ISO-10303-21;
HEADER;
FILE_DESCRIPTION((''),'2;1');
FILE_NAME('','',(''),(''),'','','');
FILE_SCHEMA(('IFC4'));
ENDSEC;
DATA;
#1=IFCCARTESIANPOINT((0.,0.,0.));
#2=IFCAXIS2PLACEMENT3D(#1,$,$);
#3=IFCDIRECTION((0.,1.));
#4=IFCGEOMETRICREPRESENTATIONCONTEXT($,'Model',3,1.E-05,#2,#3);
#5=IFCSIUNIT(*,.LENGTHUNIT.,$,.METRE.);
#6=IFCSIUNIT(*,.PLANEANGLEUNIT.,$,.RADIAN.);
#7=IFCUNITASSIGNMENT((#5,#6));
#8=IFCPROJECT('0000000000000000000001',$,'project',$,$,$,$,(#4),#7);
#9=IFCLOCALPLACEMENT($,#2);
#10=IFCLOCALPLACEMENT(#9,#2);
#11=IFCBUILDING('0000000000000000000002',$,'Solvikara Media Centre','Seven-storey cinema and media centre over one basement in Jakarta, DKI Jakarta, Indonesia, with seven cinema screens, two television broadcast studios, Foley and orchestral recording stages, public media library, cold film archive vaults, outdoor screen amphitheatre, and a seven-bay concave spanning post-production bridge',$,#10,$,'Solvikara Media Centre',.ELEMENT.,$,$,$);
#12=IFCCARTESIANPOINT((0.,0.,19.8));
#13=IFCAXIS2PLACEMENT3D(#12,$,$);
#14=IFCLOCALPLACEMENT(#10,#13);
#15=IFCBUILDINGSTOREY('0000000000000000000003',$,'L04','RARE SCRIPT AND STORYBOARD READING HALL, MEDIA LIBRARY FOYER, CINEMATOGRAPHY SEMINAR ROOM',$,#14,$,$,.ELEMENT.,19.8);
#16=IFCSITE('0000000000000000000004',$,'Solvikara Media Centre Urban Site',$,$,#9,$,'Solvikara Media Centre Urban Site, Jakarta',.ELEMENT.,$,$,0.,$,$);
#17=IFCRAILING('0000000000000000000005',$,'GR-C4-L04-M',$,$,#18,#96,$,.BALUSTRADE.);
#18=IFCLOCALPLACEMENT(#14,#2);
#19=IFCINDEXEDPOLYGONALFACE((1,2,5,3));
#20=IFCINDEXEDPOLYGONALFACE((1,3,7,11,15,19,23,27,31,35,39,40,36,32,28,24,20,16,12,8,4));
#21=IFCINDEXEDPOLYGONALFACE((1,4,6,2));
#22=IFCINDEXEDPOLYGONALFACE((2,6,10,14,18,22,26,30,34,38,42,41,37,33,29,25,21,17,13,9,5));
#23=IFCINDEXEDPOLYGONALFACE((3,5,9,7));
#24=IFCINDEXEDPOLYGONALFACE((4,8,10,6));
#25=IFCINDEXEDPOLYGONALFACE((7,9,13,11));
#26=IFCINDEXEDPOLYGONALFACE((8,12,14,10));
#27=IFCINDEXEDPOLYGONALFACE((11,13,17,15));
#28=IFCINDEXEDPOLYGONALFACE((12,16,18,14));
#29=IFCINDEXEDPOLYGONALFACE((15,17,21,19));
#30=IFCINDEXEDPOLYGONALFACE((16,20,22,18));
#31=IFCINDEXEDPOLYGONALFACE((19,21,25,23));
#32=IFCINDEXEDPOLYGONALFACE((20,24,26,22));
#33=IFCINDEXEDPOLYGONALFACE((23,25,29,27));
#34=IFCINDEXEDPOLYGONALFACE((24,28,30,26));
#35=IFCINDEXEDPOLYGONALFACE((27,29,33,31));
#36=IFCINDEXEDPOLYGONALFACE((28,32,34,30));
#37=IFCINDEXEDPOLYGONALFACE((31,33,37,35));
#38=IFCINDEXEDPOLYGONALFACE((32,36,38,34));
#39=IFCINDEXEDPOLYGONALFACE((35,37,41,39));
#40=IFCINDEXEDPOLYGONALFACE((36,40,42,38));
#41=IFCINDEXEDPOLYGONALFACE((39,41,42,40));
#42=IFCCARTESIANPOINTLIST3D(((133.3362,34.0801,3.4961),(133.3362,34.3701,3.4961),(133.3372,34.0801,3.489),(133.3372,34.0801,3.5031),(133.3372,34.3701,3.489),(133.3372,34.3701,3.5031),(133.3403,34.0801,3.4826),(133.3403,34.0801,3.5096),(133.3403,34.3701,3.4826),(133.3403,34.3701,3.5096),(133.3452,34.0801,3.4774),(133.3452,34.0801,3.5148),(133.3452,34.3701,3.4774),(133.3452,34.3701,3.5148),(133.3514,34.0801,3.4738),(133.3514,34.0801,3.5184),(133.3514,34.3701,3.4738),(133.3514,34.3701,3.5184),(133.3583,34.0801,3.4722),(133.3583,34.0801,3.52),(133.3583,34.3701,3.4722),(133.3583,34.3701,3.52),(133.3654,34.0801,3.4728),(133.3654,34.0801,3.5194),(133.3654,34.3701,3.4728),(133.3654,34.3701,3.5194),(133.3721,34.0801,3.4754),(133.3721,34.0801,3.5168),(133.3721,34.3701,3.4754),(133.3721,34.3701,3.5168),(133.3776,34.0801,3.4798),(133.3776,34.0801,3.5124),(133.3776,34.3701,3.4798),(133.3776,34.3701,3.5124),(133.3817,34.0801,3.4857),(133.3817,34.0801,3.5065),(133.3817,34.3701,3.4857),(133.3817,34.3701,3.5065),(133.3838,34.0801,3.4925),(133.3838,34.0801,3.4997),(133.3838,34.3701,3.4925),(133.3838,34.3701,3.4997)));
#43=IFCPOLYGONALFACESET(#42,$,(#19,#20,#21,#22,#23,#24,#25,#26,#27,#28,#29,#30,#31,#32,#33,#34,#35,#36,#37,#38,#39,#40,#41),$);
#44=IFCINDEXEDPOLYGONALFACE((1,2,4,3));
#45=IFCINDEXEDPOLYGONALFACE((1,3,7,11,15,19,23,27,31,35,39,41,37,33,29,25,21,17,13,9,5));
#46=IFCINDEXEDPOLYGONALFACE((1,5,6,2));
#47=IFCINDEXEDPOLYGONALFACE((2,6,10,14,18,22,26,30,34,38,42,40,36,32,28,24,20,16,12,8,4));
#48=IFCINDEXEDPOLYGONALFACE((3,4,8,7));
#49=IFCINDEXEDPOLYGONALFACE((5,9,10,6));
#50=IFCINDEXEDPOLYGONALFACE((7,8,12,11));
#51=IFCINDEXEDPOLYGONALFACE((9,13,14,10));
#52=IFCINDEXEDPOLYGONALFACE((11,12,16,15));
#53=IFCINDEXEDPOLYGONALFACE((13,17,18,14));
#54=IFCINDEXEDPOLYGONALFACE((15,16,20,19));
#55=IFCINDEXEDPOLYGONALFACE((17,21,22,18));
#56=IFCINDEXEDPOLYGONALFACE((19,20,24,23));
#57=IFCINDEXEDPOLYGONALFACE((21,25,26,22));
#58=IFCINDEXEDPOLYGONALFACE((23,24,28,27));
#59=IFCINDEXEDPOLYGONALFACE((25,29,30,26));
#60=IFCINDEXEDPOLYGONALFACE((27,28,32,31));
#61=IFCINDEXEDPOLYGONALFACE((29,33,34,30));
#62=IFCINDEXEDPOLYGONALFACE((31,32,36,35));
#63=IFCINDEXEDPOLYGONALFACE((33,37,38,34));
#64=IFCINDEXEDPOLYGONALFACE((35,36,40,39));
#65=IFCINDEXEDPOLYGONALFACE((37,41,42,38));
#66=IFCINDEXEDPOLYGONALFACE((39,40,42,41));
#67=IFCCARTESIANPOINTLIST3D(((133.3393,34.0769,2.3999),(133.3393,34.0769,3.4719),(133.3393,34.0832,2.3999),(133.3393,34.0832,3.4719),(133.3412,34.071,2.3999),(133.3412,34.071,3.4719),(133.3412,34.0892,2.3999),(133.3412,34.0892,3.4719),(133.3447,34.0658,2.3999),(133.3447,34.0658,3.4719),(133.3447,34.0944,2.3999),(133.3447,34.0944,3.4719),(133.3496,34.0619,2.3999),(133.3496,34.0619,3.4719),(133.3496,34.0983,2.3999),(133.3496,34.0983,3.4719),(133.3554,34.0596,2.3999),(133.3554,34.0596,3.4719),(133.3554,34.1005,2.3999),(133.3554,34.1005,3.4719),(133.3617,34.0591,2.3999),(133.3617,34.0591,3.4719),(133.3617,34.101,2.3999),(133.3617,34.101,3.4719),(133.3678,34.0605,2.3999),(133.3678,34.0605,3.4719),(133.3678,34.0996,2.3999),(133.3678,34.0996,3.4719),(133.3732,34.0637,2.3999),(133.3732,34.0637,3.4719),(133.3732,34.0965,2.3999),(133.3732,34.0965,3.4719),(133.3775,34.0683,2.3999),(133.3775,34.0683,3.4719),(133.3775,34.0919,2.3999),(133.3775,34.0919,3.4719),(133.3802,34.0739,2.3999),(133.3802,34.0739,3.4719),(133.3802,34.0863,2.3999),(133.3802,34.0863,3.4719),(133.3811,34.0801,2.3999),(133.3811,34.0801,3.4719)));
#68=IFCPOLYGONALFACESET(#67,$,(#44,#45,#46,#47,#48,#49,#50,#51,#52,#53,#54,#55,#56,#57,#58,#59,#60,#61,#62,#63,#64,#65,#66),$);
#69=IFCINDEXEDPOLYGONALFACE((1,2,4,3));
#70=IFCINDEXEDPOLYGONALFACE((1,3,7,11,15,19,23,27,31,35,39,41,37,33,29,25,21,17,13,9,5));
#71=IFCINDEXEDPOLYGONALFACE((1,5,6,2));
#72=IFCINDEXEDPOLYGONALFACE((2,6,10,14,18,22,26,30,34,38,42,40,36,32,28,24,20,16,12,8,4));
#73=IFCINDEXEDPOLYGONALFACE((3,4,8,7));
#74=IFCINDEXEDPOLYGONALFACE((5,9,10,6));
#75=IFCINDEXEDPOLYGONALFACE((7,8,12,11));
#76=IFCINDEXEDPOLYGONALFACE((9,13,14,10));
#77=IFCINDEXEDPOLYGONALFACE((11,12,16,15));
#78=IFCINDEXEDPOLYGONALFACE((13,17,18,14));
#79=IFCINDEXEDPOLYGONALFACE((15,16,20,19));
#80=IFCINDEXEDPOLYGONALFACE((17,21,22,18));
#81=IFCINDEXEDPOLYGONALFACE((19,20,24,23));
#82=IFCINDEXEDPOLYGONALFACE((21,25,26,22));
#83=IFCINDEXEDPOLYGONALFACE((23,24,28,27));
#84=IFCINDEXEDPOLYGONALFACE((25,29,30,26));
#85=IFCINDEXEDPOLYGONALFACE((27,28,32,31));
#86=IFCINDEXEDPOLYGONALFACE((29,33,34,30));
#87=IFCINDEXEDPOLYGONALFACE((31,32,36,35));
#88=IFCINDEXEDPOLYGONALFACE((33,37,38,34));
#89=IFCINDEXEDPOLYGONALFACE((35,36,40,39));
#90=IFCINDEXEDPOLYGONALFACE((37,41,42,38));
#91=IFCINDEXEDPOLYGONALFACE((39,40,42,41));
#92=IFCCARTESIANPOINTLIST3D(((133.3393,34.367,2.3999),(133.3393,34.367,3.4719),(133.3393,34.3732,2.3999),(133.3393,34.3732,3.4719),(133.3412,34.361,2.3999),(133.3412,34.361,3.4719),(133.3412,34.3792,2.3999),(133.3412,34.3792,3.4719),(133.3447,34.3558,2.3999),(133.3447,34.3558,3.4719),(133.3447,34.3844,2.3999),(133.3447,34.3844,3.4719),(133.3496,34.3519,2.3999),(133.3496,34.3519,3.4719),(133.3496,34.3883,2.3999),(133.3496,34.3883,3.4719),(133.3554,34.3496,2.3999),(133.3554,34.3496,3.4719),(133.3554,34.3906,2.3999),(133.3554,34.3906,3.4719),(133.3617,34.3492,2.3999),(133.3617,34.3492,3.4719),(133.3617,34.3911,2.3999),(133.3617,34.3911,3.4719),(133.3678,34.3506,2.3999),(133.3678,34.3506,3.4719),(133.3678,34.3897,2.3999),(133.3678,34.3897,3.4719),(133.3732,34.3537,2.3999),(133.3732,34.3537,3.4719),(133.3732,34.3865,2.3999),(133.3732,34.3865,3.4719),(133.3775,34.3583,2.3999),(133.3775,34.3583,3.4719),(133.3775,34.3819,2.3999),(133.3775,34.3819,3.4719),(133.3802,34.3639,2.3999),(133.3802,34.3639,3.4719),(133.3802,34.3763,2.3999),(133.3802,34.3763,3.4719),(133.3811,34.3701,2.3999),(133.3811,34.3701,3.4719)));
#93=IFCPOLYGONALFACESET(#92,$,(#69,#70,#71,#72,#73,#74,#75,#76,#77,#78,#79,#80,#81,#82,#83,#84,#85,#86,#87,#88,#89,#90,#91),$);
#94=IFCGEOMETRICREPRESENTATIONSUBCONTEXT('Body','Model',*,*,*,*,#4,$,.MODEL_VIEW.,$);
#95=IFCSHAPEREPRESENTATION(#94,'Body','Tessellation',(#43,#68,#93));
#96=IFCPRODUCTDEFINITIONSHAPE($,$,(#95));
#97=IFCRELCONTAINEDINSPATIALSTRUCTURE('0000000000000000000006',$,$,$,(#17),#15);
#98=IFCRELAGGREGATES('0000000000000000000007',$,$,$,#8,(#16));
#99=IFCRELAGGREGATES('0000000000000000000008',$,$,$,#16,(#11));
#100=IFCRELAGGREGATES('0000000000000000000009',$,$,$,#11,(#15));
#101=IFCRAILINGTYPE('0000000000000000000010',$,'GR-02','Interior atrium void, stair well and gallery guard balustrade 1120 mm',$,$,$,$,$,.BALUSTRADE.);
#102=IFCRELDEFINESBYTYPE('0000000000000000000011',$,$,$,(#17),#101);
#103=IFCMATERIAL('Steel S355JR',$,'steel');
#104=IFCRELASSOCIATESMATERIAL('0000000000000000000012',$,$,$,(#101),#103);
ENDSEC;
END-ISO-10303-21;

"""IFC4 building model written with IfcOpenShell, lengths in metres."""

from ifc_helpers import new_model, si_unit, direction, frame, origin, origin_2d, place, context, subcontext, project, spatial, circle, extrude, material, type_object, element, save


model = new_model("IFC4")

# Units and contexts
model_context = context("Model", 3, precision=1e-05, world=origin(), true_north=direction((0.0, 1.0)))
body_context = subcontext(model_context, "Body", "Model", "MODEL_VIEW")
ifc_project = project(units=[si_unit("LENGTHUNIT", "METRE"), si_unit("PLANEANGLEUNIT", "RADIAN")], contexts=[model_context])

# Site, building, storey
site_placement = place(None, origin())
site = spatial("IfcSite", under=ifc_project, at=site_placement, Name="Solvikara Media Centre Urban Site", LongName="Solvikara Media Centre Urban Site, Jakarta", CompositionType="ELEMENT", RefElevation=0.0)
building_placement = place(site_placement, origin())
building = spatial("IfcBuilding", under=site, at=building_placement, Name="Solvikara Media Centre", Description="Seven-storey cinema and media centre over one basement in Jakarta, DKI Jakarta, Indonesia, with seven cinema screens, two television broadcast studios, Foley and orchestral recording stages, public media library, cold film archive vaults, outdoor screen amphitheatre, and a seven-bay concave spanning post-production bridge", LongName="Solvikara Media Centre", CompositionType="ELEMENT")
storey_placement = place(building_placement, frame((0.0, 0.0, 19.8)))
storey = spatial("IfcBuildingStorey", under=building, at=storey_placement, Name="L04", Description="RARE SCRIPT AND STORYBOARD READING HALL, MEDIA LIBRARY FOYER, CINEMATOGRAPHY SEMINAR ROOM", CompositionType="ELEMENT", Elevation=19.8)

# Shared definitions
ifc_material_1 = material(Name="Steel S355JR", Category="steel")

# Railing
railing_type_1 = type_object("IfcRailingType", Name="GR-02", Description="Interior atrium void, stair well and gallery guard balustrade 1120 mm", PredefinedType="BALUSTRADE", material=ifc_material_1)
railing_1_placement = place(storey_placement, frame((133.3601, 34.0801, 2.3999)))
element("IfcRailing", 1, at=railing_1_placement, inside=storey, type_object=railing_type_1, Name="GR-C4-L04-M", PredefinedType="BALUSTRADE", context=body_context, shape_type="SweptSolid", body=[
    extrude(circle(Radius=0.0239, at=origin_2d()), frame((0.0, 0.0, 1.0962), z_axis=(0.0, 1.0, 0.0), x_axis=(-1.0, 0.0, 0.0)), (0.0, 0.0, 1.0), 0.29),
    extrude(circle(Radius=0.021, at=origin_2d()), origin(), (0.0, 0.0, 1.0), 1.072),
    extrude(circle(Radius=0.021, at=origin_2d()), frame((0.0, 0.29, 0.0)), (0.0, 0.0, 1.0), 1.072),
])

save(model, "model.ifc")
